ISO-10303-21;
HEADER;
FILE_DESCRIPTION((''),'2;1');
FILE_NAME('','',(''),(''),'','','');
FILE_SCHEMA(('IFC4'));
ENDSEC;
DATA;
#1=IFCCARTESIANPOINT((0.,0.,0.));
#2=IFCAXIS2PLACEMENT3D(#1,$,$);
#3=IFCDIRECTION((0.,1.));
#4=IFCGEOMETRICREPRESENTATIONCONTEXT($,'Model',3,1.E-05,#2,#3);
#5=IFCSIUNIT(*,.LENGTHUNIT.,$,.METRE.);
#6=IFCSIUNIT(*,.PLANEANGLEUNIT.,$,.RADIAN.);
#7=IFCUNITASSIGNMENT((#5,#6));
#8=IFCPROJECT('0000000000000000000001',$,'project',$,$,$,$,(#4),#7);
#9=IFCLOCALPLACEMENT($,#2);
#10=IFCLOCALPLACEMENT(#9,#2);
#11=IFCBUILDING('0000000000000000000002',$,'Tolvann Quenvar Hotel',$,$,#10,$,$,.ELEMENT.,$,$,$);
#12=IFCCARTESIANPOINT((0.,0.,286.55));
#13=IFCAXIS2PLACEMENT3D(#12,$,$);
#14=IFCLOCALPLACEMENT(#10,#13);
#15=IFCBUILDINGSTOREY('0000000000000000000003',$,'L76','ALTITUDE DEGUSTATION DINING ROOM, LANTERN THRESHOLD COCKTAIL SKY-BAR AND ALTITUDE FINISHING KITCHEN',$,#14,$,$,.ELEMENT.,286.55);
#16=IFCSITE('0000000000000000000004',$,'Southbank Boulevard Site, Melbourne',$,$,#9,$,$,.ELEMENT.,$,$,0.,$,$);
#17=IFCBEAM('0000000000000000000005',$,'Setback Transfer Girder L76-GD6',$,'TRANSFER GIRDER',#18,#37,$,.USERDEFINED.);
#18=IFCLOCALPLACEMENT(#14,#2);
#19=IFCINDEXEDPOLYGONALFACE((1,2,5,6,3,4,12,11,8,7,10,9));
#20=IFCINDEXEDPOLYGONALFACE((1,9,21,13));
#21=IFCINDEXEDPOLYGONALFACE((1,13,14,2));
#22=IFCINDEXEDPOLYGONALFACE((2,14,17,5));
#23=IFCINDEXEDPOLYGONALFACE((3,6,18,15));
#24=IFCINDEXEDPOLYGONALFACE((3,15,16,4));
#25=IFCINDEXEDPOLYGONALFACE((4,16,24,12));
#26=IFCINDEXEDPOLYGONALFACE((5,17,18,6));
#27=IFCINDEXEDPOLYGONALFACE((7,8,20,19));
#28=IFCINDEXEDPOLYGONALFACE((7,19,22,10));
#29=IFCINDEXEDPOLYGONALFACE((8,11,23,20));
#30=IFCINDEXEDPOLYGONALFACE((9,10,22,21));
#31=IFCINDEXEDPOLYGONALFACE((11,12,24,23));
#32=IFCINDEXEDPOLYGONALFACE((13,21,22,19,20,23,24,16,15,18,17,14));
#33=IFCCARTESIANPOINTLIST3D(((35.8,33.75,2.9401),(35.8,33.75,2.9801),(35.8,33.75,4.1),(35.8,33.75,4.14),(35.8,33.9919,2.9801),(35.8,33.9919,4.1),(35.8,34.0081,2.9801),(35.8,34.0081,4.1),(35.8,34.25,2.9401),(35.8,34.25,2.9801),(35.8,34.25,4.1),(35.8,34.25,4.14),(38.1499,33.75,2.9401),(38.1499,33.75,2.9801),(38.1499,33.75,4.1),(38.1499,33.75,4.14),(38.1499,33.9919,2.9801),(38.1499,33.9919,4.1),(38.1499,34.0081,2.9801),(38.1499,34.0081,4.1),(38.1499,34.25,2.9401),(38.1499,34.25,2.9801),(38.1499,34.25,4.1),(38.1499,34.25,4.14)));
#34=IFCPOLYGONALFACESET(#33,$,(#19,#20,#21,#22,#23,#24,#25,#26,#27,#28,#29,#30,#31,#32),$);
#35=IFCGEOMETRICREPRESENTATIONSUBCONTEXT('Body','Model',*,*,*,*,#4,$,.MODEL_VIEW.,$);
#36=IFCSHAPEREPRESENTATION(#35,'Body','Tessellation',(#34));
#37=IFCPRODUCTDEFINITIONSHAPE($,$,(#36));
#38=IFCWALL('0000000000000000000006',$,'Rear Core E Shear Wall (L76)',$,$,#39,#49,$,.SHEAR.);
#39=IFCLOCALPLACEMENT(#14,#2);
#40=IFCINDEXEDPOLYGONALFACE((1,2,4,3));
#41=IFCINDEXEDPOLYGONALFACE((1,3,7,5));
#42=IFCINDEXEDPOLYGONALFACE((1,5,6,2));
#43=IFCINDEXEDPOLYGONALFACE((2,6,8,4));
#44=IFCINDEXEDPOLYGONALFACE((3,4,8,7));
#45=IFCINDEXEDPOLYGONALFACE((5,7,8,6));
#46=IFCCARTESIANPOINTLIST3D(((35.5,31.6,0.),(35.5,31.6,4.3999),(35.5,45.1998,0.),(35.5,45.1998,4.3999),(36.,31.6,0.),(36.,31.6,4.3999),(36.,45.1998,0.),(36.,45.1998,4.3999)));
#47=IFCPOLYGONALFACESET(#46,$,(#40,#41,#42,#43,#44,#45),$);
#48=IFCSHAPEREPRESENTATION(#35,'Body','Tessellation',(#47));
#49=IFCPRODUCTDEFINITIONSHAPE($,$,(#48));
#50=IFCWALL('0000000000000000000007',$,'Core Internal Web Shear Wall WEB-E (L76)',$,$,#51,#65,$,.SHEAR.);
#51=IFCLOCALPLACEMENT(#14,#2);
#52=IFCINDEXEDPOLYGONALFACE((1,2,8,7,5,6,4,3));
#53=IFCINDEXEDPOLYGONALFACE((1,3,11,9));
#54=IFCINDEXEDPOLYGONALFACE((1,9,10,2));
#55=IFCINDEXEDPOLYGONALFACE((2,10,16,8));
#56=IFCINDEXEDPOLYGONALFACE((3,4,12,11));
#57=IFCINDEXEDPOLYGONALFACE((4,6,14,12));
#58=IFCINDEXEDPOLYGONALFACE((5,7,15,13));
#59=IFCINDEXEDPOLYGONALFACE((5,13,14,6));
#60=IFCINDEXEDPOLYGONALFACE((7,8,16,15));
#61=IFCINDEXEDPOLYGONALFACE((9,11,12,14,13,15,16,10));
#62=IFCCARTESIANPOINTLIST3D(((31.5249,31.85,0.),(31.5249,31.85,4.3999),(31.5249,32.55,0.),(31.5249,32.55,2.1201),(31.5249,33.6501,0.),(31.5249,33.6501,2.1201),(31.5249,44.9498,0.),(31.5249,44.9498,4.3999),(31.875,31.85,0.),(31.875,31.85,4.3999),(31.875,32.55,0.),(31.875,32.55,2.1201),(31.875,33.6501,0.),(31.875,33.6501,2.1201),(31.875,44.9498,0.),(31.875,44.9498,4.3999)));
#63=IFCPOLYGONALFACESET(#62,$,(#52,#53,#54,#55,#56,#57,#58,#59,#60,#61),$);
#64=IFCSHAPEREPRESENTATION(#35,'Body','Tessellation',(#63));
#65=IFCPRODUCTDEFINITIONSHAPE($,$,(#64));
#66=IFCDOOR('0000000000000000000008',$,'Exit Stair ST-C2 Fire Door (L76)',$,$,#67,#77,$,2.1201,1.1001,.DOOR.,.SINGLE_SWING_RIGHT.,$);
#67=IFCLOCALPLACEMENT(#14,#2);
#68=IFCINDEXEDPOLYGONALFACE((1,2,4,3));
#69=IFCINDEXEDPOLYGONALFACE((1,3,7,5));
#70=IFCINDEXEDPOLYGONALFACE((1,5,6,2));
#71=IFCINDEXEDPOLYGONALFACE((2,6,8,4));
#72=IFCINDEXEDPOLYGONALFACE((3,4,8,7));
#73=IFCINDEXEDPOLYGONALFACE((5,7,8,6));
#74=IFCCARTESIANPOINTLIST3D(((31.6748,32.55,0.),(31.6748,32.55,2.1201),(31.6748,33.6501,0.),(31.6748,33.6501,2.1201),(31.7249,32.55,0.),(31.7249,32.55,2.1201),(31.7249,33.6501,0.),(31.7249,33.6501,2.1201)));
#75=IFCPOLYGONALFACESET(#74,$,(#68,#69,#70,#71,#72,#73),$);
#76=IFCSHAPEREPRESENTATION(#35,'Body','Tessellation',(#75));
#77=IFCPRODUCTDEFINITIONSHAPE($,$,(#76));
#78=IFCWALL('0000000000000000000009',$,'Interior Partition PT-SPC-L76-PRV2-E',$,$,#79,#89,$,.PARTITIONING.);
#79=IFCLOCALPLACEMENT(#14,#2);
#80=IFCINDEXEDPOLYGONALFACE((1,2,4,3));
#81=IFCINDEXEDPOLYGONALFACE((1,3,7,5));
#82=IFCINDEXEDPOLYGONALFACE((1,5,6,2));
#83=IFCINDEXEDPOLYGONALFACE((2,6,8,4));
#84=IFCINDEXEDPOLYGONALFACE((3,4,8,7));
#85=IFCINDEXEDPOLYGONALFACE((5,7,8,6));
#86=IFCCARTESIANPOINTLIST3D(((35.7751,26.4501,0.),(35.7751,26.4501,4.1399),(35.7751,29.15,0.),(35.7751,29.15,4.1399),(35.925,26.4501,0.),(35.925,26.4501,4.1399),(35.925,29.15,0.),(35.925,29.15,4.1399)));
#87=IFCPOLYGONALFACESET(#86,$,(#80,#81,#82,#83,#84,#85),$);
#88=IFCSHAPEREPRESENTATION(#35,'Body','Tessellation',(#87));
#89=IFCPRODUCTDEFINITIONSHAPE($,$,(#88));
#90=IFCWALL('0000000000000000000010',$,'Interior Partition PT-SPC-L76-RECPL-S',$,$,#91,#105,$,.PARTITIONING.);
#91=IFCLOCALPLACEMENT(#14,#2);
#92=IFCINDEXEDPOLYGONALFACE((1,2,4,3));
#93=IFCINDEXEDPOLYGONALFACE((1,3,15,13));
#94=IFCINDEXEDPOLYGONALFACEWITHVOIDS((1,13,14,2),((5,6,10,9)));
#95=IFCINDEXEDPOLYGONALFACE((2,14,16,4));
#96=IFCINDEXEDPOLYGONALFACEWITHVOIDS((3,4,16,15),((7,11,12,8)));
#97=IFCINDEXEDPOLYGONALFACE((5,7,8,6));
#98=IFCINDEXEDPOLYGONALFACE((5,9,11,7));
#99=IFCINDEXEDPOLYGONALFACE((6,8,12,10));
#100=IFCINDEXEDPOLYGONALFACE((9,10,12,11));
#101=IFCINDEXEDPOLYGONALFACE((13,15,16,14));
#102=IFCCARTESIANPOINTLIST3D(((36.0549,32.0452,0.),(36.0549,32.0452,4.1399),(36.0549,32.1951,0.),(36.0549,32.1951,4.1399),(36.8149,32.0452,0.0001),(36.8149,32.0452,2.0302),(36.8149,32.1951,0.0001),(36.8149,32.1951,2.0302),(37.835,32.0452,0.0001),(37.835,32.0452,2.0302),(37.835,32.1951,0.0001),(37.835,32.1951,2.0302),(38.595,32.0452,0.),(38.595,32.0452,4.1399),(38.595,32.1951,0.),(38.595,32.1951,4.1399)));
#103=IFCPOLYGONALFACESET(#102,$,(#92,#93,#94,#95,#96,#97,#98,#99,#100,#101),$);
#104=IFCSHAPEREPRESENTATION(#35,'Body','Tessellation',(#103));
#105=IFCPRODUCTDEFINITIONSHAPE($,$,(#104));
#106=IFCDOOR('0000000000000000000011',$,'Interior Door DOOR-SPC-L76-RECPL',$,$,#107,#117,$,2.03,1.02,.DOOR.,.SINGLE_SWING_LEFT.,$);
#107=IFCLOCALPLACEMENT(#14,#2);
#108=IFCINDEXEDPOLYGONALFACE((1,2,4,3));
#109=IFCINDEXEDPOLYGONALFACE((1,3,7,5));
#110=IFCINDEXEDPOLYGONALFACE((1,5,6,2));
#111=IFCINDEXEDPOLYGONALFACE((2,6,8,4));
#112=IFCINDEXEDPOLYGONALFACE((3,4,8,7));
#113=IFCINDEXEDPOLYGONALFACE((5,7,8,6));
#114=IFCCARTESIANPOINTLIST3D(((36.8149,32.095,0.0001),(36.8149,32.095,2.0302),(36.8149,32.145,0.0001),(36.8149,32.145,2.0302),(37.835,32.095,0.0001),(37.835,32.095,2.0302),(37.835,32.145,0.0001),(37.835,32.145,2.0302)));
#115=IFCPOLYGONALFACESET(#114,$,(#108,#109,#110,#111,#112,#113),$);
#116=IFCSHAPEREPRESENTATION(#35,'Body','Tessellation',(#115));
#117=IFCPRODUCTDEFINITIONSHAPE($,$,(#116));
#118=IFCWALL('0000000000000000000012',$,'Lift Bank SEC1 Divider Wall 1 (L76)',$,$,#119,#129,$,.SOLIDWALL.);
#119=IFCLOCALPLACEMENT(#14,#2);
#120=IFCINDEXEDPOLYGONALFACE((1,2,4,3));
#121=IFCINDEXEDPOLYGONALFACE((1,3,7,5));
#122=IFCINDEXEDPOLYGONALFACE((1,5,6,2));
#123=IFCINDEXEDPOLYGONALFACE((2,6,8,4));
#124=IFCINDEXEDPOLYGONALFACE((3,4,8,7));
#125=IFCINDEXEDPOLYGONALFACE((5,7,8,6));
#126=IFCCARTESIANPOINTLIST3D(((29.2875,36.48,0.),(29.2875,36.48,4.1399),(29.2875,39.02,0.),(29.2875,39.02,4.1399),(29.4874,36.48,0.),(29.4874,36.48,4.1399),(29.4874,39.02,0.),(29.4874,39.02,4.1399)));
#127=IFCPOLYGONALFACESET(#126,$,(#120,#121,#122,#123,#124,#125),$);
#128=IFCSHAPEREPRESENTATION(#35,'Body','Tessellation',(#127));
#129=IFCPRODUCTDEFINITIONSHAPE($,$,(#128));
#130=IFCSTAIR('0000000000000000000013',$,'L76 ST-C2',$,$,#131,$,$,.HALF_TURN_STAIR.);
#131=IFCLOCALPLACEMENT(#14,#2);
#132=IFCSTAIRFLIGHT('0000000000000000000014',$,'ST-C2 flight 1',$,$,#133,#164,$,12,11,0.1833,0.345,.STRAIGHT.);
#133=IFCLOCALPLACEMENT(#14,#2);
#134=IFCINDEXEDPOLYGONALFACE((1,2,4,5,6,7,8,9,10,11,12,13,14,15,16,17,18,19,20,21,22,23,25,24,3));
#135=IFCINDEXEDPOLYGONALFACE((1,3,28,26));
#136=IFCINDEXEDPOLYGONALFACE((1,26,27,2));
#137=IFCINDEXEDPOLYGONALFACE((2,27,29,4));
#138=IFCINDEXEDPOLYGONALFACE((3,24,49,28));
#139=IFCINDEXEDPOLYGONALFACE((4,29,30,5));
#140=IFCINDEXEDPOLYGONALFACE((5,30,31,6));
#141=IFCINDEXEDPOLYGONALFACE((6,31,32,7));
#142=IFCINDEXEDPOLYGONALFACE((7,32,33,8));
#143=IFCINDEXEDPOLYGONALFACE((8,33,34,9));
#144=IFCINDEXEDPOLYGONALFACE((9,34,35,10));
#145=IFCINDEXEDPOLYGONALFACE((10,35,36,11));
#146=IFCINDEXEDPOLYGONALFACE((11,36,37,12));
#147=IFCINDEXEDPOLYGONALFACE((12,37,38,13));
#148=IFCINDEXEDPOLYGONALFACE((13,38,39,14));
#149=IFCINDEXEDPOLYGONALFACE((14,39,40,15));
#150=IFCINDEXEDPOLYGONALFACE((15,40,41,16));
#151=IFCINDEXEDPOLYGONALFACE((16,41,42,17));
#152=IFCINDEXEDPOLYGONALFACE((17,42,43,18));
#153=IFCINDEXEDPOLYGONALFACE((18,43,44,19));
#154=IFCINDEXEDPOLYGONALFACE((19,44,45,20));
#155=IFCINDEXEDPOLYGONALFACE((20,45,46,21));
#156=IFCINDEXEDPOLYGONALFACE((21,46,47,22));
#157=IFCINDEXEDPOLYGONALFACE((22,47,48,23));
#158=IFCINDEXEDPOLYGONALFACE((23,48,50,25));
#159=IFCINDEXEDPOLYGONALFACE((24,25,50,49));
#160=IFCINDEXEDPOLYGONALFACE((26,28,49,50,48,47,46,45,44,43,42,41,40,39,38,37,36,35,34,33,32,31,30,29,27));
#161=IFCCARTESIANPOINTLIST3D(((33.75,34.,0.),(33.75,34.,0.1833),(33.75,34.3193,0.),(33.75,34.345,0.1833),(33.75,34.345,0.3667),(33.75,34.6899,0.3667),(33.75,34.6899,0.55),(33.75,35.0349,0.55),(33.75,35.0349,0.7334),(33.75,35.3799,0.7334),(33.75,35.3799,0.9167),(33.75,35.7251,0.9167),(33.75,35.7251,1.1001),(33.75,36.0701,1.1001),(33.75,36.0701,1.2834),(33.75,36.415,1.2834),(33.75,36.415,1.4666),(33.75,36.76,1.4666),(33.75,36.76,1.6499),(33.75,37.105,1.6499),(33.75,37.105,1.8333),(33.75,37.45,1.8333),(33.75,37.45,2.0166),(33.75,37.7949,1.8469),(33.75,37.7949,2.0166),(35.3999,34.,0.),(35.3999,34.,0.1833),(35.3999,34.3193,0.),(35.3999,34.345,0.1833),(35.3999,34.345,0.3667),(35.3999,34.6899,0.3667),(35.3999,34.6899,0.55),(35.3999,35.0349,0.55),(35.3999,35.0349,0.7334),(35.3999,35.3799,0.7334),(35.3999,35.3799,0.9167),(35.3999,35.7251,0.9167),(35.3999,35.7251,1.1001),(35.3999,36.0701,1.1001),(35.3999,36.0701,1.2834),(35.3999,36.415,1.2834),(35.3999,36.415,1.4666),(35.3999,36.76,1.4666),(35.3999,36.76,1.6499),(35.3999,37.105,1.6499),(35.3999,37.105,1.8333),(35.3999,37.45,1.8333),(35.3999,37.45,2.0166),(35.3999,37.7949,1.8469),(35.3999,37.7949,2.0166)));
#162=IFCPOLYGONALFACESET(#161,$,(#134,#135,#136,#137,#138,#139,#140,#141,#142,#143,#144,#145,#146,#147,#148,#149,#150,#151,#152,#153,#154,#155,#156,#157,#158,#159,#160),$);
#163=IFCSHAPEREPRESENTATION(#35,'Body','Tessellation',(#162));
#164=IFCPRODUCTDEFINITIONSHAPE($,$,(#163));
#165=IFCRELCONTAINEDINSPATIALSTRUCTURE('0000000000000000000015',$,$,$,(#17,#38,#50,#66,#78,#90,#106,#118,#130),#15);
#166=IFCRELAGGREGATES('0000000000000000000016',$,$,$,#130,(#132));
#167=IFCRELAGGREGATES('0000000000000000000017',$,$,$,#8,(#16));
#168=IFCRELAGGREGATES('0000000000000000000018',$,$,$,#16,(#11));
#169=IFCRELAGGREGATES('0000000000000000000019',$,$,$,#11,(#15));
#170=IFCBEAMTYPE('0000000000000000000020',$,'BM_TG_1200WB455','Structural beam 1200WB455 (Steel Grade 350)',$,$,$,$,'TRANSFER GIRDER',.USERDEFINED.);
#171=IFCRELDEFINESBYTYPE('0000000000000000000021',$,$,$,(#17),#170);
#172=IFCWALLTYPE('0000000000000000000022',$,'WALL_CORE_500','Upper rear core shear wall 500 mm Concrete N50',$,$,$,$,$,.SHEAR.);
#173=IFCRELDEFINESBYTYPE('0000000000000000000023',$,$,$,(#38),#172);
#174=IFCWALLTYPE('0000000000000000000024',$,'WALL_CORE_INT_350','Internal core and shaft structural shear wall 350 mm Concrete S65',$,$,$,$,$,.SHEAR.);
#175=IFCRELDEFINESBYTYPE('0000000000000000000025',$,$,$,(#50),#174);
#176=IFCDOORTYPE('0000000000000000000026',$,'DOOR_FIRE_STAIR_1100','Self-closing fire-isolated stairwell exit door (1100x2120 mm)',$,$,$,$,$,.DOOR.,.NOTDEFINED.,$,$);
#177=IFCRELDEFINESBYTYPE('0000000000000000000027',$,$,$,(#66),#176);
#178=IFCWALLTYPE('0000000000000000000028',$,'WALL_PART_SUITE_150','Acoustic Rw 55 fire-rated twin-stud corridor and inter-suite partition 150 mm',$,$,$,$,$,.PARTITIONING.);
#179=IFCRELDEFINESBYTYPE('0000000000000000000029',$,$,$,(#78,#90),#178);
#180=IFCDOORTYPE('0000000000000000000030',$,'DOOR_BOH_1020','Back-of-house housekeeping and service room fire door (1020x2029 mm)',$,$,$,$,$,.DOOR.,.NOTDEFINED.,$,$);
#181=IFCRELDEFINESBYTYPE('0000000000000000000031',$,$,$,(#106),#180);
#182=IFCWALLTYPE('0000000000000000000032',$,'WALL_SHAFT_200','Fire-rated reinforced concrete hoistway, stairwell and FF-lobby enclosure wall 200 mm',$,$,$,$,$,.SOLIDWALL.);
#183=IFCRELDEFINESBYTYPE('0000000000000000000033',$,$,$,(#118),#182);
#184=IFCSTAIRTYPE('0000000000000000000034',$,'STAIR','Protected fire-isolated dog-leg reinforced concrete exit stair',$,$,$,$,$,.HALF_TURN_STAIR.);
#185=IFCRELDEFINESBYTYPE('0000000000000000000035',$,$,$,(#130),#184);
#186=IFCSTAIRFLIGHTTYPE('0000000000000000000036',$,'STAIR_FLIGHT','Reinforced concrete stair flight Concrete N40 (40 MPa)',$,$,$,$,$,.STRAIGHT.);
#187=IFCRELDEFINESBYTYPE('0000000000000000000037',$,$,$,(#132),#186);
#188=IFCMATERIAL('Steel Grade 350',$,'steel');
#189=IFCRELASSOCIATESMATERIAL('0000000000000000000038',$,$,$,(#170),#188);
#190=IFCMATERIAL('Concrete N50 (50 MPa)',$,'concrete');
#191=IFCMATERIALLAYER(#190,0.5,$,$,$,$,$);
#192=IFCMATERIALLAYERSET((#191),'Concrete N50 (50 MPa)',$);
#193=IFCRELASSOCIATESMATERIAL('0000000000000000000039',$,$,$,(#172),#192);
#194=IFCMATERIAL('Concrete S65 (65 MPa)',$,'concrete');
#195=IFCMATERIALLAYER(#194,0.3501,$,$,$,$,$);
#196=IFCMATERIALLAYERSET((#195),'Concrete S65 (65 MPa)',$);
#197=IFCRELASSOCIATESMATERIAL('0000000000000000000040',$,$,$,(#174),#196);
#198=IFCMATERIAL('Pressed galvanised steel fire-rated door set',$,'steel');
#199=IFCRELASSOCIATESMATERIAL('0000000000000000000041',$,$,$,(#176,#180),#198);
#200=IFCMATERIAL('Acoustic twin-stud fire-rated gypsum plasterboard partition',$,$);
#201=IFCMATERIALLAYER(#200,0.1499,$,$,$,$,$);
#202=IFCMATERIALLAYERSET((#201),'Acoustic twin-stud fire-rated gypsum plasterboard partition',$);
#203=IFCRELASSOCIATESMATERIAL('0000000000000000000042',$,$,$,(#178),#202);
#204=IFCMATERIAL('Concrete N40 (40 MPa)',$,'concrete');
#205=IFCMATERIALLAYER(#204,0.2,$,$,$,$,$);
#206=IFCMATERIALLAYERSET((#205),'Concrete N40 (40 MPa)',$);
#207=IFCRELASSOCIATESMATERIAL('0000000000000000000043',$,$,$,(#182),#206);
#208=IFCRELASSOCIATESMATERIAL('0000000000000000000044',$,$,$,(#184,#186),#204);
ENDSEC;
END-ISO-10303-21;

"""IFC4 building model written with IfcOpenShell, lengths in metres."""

from ifc_helpers import new_model, si_unit, direction, frame, frame_2d, origin, origin_2d, place, context, subcontext, project, spatial, polyline, rectangle, i_section, outline, extrude, source, transform, mapped, material, layer, layer_set, material_profile, profile_set, type_object, type_shapes, element, fill, aggregate, save


model = new_model("IFC4")

# Units and contexts
model_context = context("Model", 3, precision=1e-05, world=origin(), true_north=direction((0.0, 1.0)))
body_context = subcontext(model_context, "Body", "Model", "MODEL_VIEW")
ifc_project = project(units=[si_unit("LENGTHUNIT", "METRE"), si_unit("PLANEANGLEUNIT", "RADIAN")], contexts=[model_context])

# Site, building, storey
site_placement = place(None, origin())
site = spatial("IfcSite", under=ifc_project, at=site_placement, Name="Southbank Boulevard Site, Melbourne", CompositionType="ELEMENT", RefElevation=0.0)
building_placement = place(site_placement, origin())
building = spatial("IfcBuilding", under=site, at=building_placement, Name="Tolvann Quenvar Hotel", CompositionType="ELEMENT")
storey_placement = place(building_placement, frame((0.0, 0.0, 286.55)))
storey = spatial("IfcBuildingStorey", under=building, at=storey_placement, Name="L76", Description="ALTITUDE DEGUSTATION DINING ROOM, LANTERN THRESHOLD COCKTAIL SKY-BAR AND ALTITUDE FINISHING KITCHEN", CompositionType="ELEMENT", Elevation=286.55)

# Shared definitions
ifc_material_1 = material(Name="Steel Grade 350", Category="steel")

# Beam
ifc_material_profile_1 = material_profile(ifc_material_1, i_section(OverallWidth=0.5, OverallDepth=1.2, WebThickness=0.0161, FlangeThickness=0.04, at=origin_2d()), Name="1200WB455")
ifc_profile_set_1 = profile_set([ifc_material_profile_1], Name="Steel Grade 350")
beam_type_1 = type_object("IfcBeamType", Name="BM_TG_1200WB455", Description="Structural beam 1200WB455 (Steel Grade 350)", ElementType="TRANSFER GIRDER", PredefinedType="USERDEFINED", material=ifc_profile_set_1)
shared_shape_1 = source(origin(), body_context, "Body", "SweptSolid", [
    extrude(i_section(OverallWidth=0.5, OverallDepth=1.2, WebThickness=0.0161, FlangeThickness=0.04, at=origin_2d()), origin(), (0.0, 0.0, 1.0), 2.3499),
])
beam_1_placement = place(storey_placement, frame((38.1499, 34.0, 3.54), z_axis=(-1.0, 0.0, 0.0), x_axis=(0.0, -1.0, 0.0)))
element("IfcBeam", 1, at=beam_1_placement, inside=storey, type_object=beam_type_1, Name="Setback Transfer Girder L76-GD6", ObjectType="TRANSFER GIRDER", PredefinedType="USERDEFINED", context=body_context, shape_type="MappedRepresentation", body=[
    mapped(shared_shape_1, transform((0.0, 0.0, 0.0), x_axis=(1.0, 0.0, 0.0), y_axis=(0.0, 1.0, 0.0), z_axis=(0.0, 0.0, 1.0), scale=1.0)),
])

# Wall
ifc_material_2 = material(Name="Concrete N50 (50 MPa)", Category="concrete")
ifc_layer_1 = layer(ifc_material_2, 0.5)
ifc_layer_set_1 = layer_set([ifc_layer_1], Name="Concrete N50 (50 MPa)")
wall_type_1 = type_object("IfcWallType", Name="WALL_CORE_500", Description="Upper rear core shear wall 500 mm Concrete N50", PredefinedType="SHEAR", material=ifc_layer_set_1)
wall_1_placement = place(storey_placement, frame((35.75, 31.6001, 0.0), z_axis=(0.0, 0.0, 1.0), x_axis=(0.0, 1.0, 0.0)))
element("IfcWall", 2, at=wall_1_placement, inside=storey, type_object=wall_type_1, Name="Rear Core E Shear Wall (L76)", PredefinedType="SHEAR", context=body_context, shape_type="SweptSolid", body=[
    extrude(rectangle(XDim=13.5999, YDim=0.5, at=frame_2d((6.7998, 0.0))), origin(), (0.0, 0.0, 1.0), 4.3999),
])

# Wall, opening, door
ifc_material_3 = material(Name="Concrete S65 (65 MPa)", Category="concrete")
ifc_layer_2 = layer(ifc_material_3, 0.3501)
ifc_layer_set_2 = layer_set([ifc_layer_2], Name="Concrete S65 (65 MPa)")
wall_type_2 = type_object("IfcWallType", Name="WALL_CORE_INT_350", Description="Internal core and shaft structural shear wall 350 mm Concrete S65", PredefinedType="SHEAR", material=ifc_layer_set_2)
wall_2_placement = place(storey_placement, frame((31.7, 31.8501, 0.0), z_axis=(0.0, 0.0, 1.0), x_axis=(0.0, 1.0, 0.0)))
wall_2 = element("IfcWall", 3, at=wall_2_placement, inside=storey, type_object=wall_type_2, Name="Core Internal Web Shear Wall WEB-E (L76)", PredefinedType="SHEAR", context=body_context, shape_type="SweptSolid", body=[
    extrude(rectangle(XDim=13.0999, YDim=0.3501, at=frame_2d((6.5498, 0.0))), origin(), (0.0, 0.0, 1.0), 4.3999),
])
opening_1_placement = place(wall_2_placement, frame((1.8, 0.0, 0.0), z_axis=(0.0, 0.0, 1.0), x_axis=(-1.0, 0.0, 0.0)))
opening_1 = element("IfcOpeningElement", 4, at=opening_1_placement, cuts=wall_2, PredefinedType="OPENING", context=body_context, shape_type="SweptSolid", body=[
    extrude(rectangle(XDim=1.1001, YDim=2.1201, at=frame_2d((0.55, 1.0601))), frame((0.0, 0.1851, 0.0), z_axis=(0.0, -1.0, 0.0), x_axis=(1.0, 0.0, 0.0)), (0.0, 0.0, 1.0), 0.3701),
])
ifc_material_4 = material(Name="Pressed galvanised steel fire-rated door set", Category="steel")
door_type_1 = type_object("IfcDoorType", Name="DOOR_FIRE_STAIR_1100", Description="Self-closing fire-isolated stairwell exit door (1100x2120 mm)", OperationType="NOTDEFINED", PredefinedType="DOOR", material=ifc_material_4)
shared_shape_2 = source(origin(), body_context, "Body", "SweptSolid", [
    extrude(rectangle(XDim=1.1001, YDim=2.1201, at=frame_2d((0.55, 1.0601))), frame((0.0, 0.0249, 0.0), z_axis=(0.0, -1.0, 0.0), x_axis=(1.0, 0.0, 0.0)), (0.0, 0.0, 1.0), 0.05),
])
type_shapes(door_type_1, [shared_shape_2])
door_1_placement = place(opening_1_placement, origin())
door_1 = element("IfcDoor", 5, at=door_1_placement, inside=storey, type_object=door_type_1, Name="Exit Stair ST-C2 Fire Door (L76)", OperationType="SINGLE_SWING_RIGHT", OverallHeight=2.1201, OverallWidth=1.1001, PredefinedType="DOOR", context=body_context, shape_type="MappedRepresentation", body=[
    mapped(shared_shape_2, transform((0.0, 0.0, 0.0), x_axis=(1.0, 0.0, 0.0), y_axis=(0.0, 1.0, 0.0), z_axis=(0.0, 0.0, 1.0), scale=1.0)),
])
fill(opening_1, door_1)

# Wall
ifc_material_5 = material(Name="Acoustic twin-stud fire-rated gypsum plasterboard partition")
ifc_layer_3 = layer(ifc_material_5, 0.1499)
ifc_layer_set_3 = layer_set([ifc_layer_3], Name="Acoustic twin-stud fire-rated gypsum plasterboard partition")
wall_type_3 = type_object("IfcWallType", Name="WALL_PART_SUITE_150", Description="Acoustic Rw 55 fire-rated twin-stud corridor and inter-suite partition 150 mm", PredefinedType="PARTITIONING", material=ifc_layer_set_3)
wall_3_placement = place(storey_placement, frame((35.8501, 26.45, 0.0), z_axis=(0.0, 0.0, 1.0), x_axis=(0.0, 1.0, 0.0)))
element("IfcWall", 6, at=wall_3_placement, inside=storey, type_object=wall_type_3, Name="Interior Partition PT-SPC-L76-PRV2-E", PredefinedType="PARTITIONING", context=body_context, shape_type="SweptSolid", body=[
    extrude(rectangle(XDim=2.7, YDim=0.1499, at=frame_2d((1.3501, 0.0))), origin(), (0.0, 0.0, 1.0), 4.1399),
])

# Wall, opening, door
wall_4_placement = place(storey_placement, frame((36.0549, 32.1201, 0.0), z_axis=(0.0, 0.0, 1.0), x_axis=(1.0, 0.0, 0.0)))
wall_4 = element("IfcWall", 7, at=wall_4_placement, inside=storey, type_object=wall_type_3, Name="Interior Partition PT-SPC-L76-RECPL-S", PredefinedType="PARTITIONING", context=body_context, shape_type="SweptSolid", body=[
    extrude(rectangle(XDim=2.54, YDim=0.1499, at=frame_2d((1.27, 0.0))), origin(), (0.0, 0.0, 1.0), 4.1399),
])
opening_2_placement = place(wall_4_placement, frame((0.76, 0.0, 0.0)))
opening_2 = element("IfcOpeningElement", 8, at=opening_2_placement, cuts=wall_4, PredefinedType="OPENING", context=body_context, shape_type="SweptSolid", body=[
    extrude(rectangle(XDim=1.02, YDim=2.03, at=frame_2d((0.51, 1.0151))), frame((0.0, 0.085, 0.0), z_axis=(0.0, -1.0, 0.0), x_axis=(1.0, 0.0, 0.0)), (0.0, 0.0, 1.0), 0.1699),
])
door_type_2 = type_object("IfcDoorType", Name="DOOR_BOH_1020", Description="Back-of-house housekeeping and service room fire door (1020x2029 mm)", OperationType="NOTDEFINED", PredefinedType="DOOR", material=ifc_material_4)
shared_shape_3 = source(origin(), body_context, "Body", "SweptSolid", [
    extrude(rectangle(XDim=1.02, YDim=2.03, at=frame_2d((0.51, 1.0151))), frame((0.0, 0.0249, 0.0), z_axis=(0.0, -1.0, 0.0), x_axis=(1.0, 0.0, 0.0)), (0.0, 0.0, 1.0), 0.05),
])
type_shapes(door_type_2, [shared_shape_3])
door_2_placement = place(opening_2_placement, origin())
door_2 = element("IfcDoor", 9, at=door_2_placement, inside=storey, type_object=door_type_2, Name="Interior Door DOOR-SPC-L76-RECPL", OperationType="SINGLE_SWING_LEFT", OverallHeight=2.03, OverallWidth=1.02, PredefinedType="DOOR", context=body_context, shape_type="MappedRepresentation", body=[
    mapped(shared_shape_3, transform((0.0, 0.0, 0.0), x_axis=(1.0, 0.0, 0.0), y_axis=(0.0, 1.0, 0.0), z_axis=(0.0, 0.0, 1.0), scale=1.0)),
])
fill(opening_2, door_2)

# Wall
ifc_material_6 = material(Name="Concrete N40 (40 MPa)", Category="concrete")
ifc_layer_4 = layer(ifc_material_6, 0.2)
ifc_layer_set_4 = layer_set([ifc_layer_4], Name="Concrete N40 (40 MPa)")
wall_type_4 = type_object("IfcWallType", Name="WALL_SHAFT_200", Description="Fire-rated reinforced concrete hoistway, stairwell and FF-lobby enclosure wall 200 mm", PredefinedType="SOLIDWALL", material=ifc_layer_set_4)
wall_5_placement = place(storey_placement, frame((29.3875, 36.48, 0.0), z_axis=(0.0, 0.0, 1.0), x_axis=(0.0, 1.0, 0.0)))
element("IfcWall", 10, at=wall_5_placement, inside=storey, type_object=wall_type_4, Name="Lift Bank SEC1 Divider Wall 1 (L76)", PredefinedType="SOLIDWALL", context=body_context, shape_type="SweptSolid", body=[
    extrude(rectangle(XDim=2.54, YDim=0.2, at=frame_2d((1.27, 0.0))), origin(), (0.0, 0.0, 1.0), 4.1399),
])

# Stair, stair flight
stair_type = type_object("IfcStairType", Name="STAIR", Description="Protected fire-isolated dog-leg reinforced concrete exit stair", PredefinedType="HALF_TURN_STAIR", material=ifc_material_6)
stair_placement = place(storey_placement, origin())
stair = element("IfcStair", 11, at=stair_placement, inside=storey, type_object=stair_type, Name="L76 ST-C2", PredefinedType="HALF_TURN_STAIR")
stair_flight_type = type_object("IfcStairFlightType", Name="STAIR_FLIGHT", Description="Reinforced concrete stair flight Concrete N40 (40 MPa)", PredefinedType="STRAIGHT", material=ifc_material_6)
stair_flight_placement = place(storey_placement, frame((34.575, 34.0, 0.0), z_axis=(0.0, 0.0, 1.0), x_axis=(0.0, 1.0, 0.0)))
stair_flight = element("IfcStairFlight", 12, at=stair_flight_placement, type_object=stair_flight_type, Name="ST-C2 flight 1", NumberOfRisers=12, NumberOfTreads=11, PredefinedType="STRAIGHT", RiserHeight=0.1833, TreadLength=0.345, context=body_context, shape_type="SweptSolid", body=[
    extrude(outline(polyline([(0.0, 0.0), (0.0, 0.1833), (0.345, 0.1833), (0.345, 0.3667), (0.6899, 0.3667), (0.6899, 0.55), (1.0349, 0.55), (1.0349, 0.7334), (1.3799, 0.7334), (1.3799, 0.9167), (1.7251, 0.9167), (1.7251, 1.1001), (2.0701, 1.1001), (2.0701, 1.2834), (2.415, 1.2834), (2.415, 1.4666), (2.76, 1.4666), (2.76, 1.6499), (3.105, 1.6499), (3.105, 1.8333), (3.45, 1.8333), (3.45, 2.0166), (3.7949, 2.0166), (3.7949, 2.2), (3.7949, 1.8469), (0.3193, 0.0), (0.0, 0.0)])), frame((0.0, 0.825, 0.0), z_axis=(0.0, -1.0, 0.0), x_axis=(1.0, 0.0, 0.0)), (0.0, 0.0, 1.0), 1.6499),
])
aggregate(stair, [stair_flight])

save(model, "model.ifc")
